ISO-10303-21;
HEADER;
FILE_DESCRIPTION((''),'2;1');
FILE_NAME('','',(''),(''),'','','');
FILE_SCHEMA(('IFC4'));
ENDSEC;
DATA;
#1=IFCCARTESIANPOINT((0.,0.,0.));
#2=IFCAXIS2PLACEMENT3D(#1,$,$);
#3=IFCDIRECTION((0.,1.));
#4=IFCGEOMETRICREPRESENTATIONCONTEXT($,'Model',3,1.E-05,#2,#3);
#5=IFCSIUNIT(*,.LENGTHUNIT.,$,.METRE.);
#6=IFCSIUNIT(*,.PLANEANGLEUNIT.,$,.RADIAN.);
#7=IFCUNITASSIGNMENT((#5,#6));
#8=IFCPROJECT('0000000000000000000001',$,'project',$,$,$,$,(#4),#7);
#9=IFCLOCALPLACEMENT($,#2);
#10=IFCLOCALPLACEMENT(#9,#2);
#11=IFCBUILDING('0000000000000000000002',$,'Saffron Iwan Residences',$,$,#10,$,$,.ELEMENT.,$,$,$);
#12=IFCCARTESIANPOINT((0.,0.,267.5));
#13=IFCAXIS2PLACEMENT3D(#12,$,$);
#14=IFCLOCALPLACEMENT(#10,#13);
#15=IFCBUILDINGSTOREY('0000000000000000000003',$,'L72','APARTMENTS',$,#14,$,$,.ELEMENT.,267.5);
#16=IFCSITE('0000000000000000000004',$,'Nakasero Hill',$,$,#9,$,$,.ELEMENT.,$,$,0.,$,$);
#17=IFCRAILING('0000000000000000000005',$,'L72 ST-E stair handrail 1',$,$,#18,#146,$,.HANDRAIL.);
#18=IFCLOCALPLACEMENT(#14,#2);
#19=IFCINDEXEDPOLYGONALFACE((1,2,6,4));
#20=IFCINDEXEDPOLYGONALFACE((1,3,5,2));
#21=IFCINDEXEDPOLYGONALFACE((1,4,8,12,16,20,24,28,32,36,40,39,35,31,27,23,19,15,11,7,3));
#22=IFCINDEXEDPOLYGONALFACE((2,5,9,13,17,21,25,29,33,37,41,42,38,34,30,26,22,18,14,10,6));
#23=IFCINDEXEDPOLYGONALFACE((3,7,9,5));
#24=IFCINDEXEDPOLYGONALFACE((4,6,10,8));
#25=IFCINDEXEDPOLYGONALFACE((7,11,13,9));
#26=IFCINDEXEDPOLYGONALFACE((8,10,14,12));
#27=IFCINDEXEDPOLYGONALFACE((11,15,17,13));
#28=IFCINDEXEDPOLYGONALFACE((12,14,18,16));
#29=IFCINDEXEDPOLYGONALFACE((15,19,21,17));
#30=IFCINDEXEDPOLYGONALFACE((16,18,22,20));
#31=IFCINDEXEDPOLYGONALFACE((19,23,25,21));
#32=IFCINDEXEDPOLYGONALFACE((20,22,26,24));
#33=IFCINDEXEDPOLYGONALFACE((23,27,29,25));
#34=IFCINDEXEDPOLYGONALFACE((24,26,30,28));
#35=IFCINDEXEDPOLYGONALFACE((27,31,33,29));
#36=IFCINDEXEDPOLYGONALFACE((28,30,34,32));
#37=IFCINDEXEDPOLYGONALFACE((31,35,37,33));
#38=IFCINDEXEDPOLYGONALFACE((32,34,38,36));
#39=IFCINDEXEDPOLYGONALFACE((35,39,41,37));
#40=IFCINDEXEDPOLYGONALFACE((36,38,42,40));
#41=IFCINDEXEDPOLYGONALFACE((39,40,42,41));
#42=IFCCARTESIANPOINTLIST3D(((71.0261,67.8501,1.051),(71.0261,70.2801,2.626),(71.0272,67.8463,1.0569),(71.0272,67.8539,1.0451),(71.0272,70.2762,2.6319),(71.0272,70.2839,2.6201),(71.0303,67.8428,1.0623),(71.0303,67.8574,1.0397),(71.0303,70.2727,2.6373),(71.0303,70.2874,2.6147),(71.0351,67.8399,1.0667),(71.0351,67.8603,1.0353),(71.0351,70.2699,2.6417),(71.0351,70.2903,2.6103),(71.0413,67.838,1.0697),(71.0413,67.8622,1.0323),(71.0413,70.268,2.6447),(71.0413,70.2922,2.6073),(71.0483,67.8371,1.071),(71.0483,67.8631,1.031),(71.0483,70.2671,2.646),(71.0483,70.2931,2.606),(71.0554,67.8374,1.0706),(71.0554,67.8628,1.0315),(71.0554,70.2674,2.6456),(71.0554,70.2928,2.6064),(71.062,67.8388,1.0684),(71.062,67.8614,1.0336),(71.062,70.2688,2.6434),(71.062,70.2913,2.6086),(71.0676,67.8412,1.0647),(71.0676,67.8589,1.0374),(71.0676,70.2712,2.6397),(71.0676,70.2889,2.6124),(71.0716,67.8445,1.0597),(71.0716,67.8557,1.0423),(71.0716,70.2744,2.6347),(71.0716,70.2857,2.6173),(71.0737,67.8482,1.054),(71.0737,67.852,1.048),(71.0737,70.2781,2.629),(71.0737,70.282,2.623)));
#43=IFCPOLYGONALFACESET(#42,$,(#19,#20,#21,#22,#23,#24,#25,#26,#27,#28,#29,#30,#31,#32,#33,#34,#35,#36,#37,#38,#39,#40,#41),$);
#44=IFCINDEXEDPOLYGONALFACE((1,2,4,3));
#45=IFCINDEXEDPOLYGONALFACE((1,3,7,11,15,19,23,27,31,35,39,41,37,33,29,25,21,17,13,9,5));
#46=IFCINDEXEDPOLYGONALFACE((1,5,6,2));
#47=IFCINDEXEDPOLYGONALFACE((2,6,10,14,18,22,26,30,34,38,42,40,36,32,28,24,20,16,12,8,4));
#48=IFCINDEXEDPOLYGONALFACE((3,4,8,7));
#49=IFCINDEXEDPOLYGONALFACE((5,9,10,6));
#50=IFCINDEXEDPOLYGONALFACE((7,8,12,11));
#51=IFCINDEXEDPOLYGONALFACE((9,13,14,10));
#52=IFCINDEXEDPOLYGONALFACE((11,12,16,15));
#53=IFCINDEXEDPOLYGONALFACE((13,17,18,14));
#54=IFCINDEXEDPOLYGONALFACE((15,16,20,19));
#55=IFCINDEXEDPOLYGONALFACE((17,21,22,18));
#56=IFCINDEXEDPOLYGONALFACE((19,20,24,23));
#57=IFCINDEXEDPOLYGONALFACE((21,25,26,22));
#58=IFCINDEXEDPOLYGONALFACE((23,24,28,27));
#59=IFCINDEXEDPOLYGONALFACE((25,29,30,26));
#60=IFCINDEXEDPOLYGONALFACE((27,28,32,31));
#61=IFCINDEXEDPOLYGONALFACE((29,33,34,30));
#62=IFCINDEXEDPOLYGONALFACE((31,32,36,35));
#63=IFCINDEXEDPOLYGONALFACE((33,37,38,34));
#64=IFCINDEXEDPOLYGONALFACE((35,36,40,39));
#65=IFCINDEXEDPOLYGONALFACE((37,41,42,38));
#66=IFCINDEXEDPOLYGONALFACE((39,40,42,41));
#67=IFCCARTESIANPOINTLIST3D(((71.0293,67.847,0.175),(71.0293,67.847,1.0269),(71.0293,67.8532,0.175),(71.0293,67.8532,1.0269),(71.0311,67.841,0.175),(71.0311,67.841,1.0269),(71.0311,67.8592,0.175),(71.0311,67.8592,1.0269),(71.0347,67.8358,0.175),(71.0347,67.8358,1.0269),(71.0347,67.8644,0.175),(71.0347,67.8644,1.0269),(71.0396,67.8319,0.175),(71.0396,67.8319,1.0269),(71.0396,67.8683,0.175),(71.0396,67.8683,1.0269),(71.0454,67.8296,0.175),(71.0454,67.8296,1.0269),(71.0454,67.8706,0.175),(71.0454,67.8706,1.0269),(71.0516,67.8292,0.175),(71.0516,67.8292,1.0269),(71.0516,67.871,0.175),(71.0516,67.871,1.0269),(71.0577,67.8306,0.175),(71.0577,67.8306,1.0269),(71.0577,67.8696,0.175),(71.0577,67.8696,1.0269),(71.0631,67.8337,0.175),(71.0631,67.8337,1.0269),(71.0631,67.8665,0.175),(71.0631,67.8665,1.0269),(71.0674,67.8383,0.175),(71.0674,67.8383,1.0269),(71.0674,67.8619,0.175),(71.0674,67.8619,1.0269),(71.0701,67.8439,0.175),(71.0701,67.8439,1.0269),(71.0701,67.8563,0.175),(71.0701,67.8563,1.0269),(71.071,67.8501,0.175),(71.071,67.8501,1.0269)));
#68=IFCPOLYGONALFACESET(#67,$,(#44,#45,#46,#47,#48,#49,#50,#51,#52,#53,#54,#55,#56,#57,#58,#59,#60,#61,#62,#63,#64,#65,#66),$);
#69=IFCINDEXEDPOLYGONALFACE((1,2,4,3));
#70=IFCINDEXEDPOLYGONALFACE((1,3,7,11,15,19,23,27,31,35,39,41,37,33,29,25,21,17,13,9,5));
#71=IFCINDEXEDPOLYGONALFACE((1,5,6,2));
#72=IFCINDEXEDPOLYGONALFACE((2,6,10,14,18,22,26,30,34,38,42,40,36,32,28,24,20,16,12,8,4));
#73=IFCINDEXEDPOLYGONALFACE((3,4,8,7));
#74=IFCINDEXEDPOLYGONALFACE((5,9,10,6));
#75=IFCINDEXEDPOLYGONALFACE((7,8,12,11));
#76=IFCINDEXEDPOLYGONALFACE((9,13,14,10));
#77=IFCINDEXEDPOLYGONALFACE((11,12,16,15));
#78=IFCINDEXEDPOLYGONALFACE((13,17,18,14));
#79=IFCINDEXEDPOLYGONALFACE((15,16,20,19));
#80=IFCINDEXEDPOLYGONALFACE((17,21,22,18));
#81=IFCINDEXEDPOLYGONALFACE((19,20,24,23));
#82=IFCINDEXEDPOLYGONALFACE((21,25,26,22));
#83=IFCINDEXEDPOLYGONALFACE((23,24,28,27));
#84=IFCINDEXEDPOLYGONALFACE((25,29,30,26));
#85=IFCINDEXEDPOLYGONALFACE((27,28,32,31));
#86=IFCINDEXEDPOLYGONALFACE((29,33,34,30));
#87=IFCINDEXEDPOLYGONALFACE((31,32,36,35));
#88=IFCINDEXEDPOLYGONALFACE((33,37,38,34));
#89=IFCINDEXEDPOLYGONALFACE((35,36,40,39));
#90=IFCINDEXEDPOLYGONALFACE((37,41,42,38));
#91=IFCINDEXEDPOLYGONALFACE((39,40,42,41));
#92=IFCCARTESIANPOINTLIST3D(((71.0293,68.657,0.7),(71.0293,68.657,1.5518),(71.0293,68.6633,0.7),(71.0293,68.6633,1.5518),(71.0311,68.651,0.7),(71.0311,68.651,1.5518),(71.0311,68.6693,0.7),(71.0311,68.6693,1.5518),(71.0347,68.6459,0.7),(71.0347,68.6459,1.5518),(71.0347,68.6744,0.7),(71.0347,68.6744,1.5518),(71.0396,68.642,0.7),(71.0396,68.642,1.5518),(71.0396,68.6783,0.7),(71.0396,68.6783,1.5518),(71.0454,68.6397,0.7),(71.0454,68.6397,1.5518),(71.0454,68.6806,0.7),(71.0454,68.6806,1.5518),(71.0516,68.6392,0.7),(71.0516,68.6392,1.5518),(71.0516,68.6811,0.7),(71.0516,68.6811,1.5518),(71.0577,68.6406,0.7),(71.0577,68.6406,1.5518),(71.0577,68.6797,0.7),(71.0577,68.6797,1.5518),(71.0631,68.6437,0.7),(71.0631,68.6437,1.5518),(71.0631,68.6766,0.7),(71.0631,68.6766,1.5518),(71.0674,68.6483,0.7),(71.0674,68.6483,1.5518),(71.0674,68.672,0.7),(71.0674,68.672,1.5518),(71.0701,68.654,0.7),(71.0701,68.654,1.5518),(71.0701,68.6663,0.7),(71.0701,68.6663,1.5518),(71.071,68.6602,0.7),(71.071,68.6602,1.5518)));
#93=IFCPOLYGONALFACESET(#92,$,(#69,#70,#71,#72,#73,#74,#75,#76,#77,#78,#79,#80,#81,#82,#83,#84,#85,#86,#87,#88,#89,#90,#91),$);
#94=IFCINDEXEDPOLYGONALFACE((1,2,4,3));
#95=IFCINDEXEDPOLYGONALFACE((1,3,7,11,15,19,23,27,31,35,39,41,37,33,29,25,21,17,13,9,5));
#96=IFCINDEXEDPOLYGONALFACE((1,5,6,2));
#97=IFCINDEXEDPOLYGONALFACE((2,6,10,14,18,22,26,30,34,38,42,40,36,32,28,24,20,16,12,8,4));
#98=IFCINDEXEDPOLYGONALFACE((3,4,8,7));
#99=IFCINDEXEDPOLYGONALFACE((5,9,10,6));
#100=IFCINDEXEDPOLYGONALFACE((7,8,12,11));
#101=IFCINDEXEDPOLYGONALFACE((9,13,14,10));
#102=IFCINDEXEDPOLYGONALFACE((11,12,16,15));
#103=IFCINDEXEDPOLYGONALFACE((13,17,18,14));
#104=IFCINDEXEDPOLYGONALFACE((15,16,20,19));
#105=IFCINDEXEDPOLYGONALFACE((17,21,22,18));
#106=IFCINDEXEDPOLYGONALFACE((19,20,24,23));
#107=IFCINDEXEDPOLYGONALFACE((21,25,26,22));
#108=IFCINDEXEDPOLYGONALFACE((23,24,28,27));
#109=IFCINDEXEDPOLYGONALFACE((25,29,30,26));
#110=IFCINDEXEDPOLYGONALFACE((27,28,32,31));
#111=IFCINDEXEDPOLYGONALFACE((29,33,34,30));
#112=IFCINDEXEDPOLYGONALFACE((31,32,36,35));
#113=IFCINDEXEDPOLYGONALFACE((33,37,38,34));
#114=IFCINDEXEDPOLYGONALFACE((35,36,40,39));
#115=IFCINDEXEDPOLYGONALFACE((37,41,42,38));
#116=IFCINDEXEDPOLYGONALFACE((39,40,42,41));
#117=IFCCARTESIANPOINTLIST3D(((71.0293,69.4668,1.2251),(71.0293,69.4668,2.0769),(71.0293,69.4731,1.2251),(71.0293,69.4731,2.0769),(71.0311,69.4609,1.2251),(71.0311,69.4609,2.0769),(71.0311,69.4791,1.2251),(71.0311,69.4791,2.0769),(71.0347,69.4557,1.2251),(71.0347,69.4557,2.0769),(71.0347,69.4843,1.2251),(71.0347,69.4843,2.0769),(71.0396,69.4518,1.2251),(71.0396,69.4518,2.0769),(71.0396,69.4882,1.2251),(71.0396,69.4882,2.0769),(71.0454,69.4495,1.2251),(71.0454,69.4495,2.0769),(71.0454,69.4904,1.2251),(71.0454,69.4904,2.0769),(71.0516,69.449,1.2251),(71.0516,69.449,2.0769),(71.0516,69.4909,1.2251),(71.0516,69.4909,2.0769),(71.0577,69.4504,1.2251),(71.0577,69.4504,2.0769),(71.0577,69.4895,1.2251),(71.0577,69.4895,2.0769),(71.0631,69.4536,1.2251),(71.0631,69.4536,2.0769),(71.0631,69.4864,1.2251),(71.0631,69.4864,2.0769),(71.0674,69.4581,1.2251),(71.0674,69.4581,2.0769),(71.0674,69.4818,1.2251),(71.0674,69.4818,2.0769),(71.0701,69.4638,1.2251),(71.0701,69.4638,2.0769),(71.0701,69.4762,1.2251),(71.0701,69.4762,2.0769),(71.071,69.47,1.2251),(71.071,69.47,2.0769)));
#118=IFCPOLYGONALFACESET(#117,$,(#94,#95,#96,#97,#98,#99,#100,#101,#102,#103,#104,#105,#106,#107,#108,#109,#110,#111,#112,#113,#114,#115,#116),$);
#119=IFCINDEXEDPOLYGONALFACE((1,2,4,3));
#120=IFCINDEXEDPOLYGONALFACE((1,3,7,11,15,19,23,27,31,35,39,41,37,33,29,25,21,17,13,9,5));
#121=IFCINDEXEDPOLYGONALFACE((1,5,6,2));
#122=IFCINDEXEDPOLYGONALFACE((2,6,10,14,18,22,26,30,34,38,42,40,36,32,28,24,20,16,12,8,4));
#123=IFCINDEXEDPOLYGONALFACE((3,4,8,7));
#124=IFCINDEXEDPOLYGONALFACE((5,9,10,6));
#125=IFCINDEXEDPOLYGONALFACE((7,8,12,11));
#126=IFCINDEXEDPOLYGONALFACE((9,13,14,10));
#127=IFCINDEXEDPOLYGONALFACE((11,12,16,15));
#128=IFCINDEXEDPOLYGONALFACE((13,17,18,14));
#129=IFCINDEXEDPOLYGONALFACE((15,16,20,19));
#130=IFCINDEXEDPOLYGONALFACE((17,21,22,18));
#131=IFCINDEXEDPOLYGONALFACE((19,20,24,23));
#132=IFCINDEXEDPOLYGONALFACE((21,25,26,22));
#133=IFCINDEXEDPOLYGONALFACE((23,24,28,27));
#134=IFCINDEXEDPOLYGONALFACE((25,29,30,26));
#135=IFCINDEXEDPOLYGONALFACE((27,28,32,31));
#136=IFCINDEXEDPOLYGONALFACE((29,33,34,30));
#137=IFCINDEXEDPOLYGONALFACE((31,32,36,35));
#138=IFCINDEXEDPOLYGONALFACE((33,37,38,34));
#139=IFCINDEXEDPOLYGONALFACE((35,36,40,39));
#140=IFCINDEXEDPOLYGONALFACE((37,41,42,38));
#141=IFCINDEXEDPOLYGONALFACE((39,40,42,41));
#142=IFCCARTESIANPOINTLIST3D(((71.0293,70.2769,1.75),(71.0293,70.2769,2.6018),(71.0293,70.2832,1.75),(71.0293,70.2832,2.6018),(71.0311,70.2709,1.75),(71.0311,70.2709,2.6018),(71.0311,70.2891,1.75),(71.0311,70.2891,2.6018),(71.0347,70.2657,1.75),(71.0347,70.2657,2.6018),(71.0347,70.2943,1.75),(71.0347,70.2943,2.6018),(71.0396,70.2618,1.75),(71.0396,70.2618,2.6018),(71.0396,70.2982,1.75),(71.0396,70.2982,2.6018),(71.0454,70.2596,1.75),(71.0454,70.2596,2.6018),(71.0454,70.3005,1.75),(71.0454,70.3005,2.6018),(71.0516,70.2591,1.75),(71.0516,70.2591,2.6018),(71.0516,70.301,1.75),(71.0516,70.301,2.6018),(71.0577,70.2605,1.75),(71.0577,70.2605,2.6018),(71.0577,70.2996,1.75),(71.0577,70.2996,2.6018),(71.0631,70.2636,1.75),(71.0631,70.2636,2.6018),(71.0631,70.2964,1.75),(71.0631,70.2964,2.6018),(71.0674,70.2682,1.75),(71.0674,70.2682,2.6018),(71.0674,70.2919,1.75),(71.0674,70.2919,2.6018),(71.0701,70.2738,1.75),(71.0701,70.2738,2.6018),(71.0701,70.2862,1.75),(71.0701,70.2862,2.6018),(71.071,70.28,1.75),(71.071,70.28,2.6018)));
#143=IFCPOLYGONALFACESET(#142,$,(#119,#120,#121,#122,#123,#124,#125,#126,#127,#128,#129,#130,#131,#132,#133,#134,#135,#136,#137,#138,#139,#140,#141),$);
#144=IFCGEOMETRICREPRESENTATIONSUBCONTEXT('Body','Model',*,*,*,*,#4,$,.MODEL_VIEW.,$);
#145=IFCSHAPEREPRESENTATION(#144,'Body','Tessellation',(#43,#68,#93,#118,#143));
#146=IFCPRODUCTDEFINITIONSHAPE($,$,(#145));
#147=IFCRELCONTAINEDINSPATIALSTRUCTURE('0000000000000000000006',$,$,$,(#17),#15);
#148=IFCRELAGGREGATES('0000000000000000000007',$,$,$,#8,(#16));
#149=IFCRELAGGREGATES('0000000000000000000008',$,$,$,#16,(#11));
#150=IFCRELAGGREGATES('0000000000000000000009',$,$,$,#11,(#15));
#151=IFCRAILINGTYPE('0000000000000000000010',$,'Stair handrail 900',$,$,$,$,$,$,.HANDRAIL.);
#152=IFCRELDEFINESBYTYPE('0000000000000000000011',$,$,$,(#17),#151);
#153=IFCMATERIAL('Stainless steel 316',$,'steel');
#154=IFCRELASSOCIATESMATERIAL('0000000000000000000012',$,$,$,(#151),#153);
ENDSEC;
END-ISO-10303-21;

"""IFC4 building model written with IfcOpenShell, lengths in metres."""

from ifc_helpers import new_model, si_unit, direction, frame, origin, origin_2d, place, context, subcontext, project, spatial, circle, extrude, material, type_object, element, save


model = new_model("IFC4")

# Units and contexts
model_context = context("Model", 3, precision=1e-05, world=origin(), true_north=direction((0.0, 1.0)))
body_context = subcontext(model_context, "Body", "Model", "MODEL_VIEW")
ifc_project = project(units=[si_unit("LENGTHUNIT", "METRE"), si_unit("PLANEANGLEUNIT", "RADIAN")], contexts=[model_context])

# Site, building, storey
site_placement = place(None, origin())
site = spatial("IfcSite", under=ifc_project, at=site_placement, Name="Nakasero Hill", CompositionType="ELEMENT", RefElevation=0.0)
building_placement = place(site_placement, origin())
building = spatial("IfcBuilding", under=site, at=building_placement, Name="Saffron Iwan Residences", CompositionType="ELEMENT")
storey_placement = place(building_placement, frame((0.0, 0.0, 267.5)))
storey = spatial("IfcBuildingStorey", under=building, at=storey_placement, Name="L72", Description="APARTMENTS", CompositionType="ELEMENT", Elevation=267.5)

# Railing
ifc_material_1 = material(Name="Stainless steel 316", Category="steel")
railing_type_1 = type_object("IfcRailingType", Name="Stair handrail 900", PredefinedType="HANDRAIL", material=ifc_material_1)
railing_1_placement = place(storey_placement, frame((71.05, 67.8501, 0.175)))
element("IfcRailing", 1, at=railing_1_placement, inside=storey, type_object=railing_type_1, Name="L72 ST-E stair handrail 1", PredefinedType="HANDRAIL", context=body_context, shape_type="SweptSolid", body=[
    extrude(circle(Radius=0.0239, at=origin_2d()), frame((0.0, 0.0, 0.876), z_axis=(0.0, 0.839154, 0.543894), x_axis=(-1.0, 0.0, 0.0)), (0.0, 0.0, 1.0), 2.8958),
    extrude(circle(Radius=0.021, at=origin_2d()), origin(), (0.0, 0.0, 1.0), 0.8518),
    extrude(circle(Radius=0.021, at=origin_2d()), frame((0.0, 0.8101, 0.5249)), (0.0, 0.0, 1.0), 0.8518),
    extrude(circle(Radius=0.021, at=origin_2d()), frame((0.0, 1.6199, 1.05)), (0.0, 0.0, 1.0), 0.8518),
    extrude(circle(Radius=0.021, at=origin_2d()), frame((0.0, 2.4299, 1.575)), (0.0, 0.0, 1.0), 0.8518),
])

save(model, "model.ifc")
